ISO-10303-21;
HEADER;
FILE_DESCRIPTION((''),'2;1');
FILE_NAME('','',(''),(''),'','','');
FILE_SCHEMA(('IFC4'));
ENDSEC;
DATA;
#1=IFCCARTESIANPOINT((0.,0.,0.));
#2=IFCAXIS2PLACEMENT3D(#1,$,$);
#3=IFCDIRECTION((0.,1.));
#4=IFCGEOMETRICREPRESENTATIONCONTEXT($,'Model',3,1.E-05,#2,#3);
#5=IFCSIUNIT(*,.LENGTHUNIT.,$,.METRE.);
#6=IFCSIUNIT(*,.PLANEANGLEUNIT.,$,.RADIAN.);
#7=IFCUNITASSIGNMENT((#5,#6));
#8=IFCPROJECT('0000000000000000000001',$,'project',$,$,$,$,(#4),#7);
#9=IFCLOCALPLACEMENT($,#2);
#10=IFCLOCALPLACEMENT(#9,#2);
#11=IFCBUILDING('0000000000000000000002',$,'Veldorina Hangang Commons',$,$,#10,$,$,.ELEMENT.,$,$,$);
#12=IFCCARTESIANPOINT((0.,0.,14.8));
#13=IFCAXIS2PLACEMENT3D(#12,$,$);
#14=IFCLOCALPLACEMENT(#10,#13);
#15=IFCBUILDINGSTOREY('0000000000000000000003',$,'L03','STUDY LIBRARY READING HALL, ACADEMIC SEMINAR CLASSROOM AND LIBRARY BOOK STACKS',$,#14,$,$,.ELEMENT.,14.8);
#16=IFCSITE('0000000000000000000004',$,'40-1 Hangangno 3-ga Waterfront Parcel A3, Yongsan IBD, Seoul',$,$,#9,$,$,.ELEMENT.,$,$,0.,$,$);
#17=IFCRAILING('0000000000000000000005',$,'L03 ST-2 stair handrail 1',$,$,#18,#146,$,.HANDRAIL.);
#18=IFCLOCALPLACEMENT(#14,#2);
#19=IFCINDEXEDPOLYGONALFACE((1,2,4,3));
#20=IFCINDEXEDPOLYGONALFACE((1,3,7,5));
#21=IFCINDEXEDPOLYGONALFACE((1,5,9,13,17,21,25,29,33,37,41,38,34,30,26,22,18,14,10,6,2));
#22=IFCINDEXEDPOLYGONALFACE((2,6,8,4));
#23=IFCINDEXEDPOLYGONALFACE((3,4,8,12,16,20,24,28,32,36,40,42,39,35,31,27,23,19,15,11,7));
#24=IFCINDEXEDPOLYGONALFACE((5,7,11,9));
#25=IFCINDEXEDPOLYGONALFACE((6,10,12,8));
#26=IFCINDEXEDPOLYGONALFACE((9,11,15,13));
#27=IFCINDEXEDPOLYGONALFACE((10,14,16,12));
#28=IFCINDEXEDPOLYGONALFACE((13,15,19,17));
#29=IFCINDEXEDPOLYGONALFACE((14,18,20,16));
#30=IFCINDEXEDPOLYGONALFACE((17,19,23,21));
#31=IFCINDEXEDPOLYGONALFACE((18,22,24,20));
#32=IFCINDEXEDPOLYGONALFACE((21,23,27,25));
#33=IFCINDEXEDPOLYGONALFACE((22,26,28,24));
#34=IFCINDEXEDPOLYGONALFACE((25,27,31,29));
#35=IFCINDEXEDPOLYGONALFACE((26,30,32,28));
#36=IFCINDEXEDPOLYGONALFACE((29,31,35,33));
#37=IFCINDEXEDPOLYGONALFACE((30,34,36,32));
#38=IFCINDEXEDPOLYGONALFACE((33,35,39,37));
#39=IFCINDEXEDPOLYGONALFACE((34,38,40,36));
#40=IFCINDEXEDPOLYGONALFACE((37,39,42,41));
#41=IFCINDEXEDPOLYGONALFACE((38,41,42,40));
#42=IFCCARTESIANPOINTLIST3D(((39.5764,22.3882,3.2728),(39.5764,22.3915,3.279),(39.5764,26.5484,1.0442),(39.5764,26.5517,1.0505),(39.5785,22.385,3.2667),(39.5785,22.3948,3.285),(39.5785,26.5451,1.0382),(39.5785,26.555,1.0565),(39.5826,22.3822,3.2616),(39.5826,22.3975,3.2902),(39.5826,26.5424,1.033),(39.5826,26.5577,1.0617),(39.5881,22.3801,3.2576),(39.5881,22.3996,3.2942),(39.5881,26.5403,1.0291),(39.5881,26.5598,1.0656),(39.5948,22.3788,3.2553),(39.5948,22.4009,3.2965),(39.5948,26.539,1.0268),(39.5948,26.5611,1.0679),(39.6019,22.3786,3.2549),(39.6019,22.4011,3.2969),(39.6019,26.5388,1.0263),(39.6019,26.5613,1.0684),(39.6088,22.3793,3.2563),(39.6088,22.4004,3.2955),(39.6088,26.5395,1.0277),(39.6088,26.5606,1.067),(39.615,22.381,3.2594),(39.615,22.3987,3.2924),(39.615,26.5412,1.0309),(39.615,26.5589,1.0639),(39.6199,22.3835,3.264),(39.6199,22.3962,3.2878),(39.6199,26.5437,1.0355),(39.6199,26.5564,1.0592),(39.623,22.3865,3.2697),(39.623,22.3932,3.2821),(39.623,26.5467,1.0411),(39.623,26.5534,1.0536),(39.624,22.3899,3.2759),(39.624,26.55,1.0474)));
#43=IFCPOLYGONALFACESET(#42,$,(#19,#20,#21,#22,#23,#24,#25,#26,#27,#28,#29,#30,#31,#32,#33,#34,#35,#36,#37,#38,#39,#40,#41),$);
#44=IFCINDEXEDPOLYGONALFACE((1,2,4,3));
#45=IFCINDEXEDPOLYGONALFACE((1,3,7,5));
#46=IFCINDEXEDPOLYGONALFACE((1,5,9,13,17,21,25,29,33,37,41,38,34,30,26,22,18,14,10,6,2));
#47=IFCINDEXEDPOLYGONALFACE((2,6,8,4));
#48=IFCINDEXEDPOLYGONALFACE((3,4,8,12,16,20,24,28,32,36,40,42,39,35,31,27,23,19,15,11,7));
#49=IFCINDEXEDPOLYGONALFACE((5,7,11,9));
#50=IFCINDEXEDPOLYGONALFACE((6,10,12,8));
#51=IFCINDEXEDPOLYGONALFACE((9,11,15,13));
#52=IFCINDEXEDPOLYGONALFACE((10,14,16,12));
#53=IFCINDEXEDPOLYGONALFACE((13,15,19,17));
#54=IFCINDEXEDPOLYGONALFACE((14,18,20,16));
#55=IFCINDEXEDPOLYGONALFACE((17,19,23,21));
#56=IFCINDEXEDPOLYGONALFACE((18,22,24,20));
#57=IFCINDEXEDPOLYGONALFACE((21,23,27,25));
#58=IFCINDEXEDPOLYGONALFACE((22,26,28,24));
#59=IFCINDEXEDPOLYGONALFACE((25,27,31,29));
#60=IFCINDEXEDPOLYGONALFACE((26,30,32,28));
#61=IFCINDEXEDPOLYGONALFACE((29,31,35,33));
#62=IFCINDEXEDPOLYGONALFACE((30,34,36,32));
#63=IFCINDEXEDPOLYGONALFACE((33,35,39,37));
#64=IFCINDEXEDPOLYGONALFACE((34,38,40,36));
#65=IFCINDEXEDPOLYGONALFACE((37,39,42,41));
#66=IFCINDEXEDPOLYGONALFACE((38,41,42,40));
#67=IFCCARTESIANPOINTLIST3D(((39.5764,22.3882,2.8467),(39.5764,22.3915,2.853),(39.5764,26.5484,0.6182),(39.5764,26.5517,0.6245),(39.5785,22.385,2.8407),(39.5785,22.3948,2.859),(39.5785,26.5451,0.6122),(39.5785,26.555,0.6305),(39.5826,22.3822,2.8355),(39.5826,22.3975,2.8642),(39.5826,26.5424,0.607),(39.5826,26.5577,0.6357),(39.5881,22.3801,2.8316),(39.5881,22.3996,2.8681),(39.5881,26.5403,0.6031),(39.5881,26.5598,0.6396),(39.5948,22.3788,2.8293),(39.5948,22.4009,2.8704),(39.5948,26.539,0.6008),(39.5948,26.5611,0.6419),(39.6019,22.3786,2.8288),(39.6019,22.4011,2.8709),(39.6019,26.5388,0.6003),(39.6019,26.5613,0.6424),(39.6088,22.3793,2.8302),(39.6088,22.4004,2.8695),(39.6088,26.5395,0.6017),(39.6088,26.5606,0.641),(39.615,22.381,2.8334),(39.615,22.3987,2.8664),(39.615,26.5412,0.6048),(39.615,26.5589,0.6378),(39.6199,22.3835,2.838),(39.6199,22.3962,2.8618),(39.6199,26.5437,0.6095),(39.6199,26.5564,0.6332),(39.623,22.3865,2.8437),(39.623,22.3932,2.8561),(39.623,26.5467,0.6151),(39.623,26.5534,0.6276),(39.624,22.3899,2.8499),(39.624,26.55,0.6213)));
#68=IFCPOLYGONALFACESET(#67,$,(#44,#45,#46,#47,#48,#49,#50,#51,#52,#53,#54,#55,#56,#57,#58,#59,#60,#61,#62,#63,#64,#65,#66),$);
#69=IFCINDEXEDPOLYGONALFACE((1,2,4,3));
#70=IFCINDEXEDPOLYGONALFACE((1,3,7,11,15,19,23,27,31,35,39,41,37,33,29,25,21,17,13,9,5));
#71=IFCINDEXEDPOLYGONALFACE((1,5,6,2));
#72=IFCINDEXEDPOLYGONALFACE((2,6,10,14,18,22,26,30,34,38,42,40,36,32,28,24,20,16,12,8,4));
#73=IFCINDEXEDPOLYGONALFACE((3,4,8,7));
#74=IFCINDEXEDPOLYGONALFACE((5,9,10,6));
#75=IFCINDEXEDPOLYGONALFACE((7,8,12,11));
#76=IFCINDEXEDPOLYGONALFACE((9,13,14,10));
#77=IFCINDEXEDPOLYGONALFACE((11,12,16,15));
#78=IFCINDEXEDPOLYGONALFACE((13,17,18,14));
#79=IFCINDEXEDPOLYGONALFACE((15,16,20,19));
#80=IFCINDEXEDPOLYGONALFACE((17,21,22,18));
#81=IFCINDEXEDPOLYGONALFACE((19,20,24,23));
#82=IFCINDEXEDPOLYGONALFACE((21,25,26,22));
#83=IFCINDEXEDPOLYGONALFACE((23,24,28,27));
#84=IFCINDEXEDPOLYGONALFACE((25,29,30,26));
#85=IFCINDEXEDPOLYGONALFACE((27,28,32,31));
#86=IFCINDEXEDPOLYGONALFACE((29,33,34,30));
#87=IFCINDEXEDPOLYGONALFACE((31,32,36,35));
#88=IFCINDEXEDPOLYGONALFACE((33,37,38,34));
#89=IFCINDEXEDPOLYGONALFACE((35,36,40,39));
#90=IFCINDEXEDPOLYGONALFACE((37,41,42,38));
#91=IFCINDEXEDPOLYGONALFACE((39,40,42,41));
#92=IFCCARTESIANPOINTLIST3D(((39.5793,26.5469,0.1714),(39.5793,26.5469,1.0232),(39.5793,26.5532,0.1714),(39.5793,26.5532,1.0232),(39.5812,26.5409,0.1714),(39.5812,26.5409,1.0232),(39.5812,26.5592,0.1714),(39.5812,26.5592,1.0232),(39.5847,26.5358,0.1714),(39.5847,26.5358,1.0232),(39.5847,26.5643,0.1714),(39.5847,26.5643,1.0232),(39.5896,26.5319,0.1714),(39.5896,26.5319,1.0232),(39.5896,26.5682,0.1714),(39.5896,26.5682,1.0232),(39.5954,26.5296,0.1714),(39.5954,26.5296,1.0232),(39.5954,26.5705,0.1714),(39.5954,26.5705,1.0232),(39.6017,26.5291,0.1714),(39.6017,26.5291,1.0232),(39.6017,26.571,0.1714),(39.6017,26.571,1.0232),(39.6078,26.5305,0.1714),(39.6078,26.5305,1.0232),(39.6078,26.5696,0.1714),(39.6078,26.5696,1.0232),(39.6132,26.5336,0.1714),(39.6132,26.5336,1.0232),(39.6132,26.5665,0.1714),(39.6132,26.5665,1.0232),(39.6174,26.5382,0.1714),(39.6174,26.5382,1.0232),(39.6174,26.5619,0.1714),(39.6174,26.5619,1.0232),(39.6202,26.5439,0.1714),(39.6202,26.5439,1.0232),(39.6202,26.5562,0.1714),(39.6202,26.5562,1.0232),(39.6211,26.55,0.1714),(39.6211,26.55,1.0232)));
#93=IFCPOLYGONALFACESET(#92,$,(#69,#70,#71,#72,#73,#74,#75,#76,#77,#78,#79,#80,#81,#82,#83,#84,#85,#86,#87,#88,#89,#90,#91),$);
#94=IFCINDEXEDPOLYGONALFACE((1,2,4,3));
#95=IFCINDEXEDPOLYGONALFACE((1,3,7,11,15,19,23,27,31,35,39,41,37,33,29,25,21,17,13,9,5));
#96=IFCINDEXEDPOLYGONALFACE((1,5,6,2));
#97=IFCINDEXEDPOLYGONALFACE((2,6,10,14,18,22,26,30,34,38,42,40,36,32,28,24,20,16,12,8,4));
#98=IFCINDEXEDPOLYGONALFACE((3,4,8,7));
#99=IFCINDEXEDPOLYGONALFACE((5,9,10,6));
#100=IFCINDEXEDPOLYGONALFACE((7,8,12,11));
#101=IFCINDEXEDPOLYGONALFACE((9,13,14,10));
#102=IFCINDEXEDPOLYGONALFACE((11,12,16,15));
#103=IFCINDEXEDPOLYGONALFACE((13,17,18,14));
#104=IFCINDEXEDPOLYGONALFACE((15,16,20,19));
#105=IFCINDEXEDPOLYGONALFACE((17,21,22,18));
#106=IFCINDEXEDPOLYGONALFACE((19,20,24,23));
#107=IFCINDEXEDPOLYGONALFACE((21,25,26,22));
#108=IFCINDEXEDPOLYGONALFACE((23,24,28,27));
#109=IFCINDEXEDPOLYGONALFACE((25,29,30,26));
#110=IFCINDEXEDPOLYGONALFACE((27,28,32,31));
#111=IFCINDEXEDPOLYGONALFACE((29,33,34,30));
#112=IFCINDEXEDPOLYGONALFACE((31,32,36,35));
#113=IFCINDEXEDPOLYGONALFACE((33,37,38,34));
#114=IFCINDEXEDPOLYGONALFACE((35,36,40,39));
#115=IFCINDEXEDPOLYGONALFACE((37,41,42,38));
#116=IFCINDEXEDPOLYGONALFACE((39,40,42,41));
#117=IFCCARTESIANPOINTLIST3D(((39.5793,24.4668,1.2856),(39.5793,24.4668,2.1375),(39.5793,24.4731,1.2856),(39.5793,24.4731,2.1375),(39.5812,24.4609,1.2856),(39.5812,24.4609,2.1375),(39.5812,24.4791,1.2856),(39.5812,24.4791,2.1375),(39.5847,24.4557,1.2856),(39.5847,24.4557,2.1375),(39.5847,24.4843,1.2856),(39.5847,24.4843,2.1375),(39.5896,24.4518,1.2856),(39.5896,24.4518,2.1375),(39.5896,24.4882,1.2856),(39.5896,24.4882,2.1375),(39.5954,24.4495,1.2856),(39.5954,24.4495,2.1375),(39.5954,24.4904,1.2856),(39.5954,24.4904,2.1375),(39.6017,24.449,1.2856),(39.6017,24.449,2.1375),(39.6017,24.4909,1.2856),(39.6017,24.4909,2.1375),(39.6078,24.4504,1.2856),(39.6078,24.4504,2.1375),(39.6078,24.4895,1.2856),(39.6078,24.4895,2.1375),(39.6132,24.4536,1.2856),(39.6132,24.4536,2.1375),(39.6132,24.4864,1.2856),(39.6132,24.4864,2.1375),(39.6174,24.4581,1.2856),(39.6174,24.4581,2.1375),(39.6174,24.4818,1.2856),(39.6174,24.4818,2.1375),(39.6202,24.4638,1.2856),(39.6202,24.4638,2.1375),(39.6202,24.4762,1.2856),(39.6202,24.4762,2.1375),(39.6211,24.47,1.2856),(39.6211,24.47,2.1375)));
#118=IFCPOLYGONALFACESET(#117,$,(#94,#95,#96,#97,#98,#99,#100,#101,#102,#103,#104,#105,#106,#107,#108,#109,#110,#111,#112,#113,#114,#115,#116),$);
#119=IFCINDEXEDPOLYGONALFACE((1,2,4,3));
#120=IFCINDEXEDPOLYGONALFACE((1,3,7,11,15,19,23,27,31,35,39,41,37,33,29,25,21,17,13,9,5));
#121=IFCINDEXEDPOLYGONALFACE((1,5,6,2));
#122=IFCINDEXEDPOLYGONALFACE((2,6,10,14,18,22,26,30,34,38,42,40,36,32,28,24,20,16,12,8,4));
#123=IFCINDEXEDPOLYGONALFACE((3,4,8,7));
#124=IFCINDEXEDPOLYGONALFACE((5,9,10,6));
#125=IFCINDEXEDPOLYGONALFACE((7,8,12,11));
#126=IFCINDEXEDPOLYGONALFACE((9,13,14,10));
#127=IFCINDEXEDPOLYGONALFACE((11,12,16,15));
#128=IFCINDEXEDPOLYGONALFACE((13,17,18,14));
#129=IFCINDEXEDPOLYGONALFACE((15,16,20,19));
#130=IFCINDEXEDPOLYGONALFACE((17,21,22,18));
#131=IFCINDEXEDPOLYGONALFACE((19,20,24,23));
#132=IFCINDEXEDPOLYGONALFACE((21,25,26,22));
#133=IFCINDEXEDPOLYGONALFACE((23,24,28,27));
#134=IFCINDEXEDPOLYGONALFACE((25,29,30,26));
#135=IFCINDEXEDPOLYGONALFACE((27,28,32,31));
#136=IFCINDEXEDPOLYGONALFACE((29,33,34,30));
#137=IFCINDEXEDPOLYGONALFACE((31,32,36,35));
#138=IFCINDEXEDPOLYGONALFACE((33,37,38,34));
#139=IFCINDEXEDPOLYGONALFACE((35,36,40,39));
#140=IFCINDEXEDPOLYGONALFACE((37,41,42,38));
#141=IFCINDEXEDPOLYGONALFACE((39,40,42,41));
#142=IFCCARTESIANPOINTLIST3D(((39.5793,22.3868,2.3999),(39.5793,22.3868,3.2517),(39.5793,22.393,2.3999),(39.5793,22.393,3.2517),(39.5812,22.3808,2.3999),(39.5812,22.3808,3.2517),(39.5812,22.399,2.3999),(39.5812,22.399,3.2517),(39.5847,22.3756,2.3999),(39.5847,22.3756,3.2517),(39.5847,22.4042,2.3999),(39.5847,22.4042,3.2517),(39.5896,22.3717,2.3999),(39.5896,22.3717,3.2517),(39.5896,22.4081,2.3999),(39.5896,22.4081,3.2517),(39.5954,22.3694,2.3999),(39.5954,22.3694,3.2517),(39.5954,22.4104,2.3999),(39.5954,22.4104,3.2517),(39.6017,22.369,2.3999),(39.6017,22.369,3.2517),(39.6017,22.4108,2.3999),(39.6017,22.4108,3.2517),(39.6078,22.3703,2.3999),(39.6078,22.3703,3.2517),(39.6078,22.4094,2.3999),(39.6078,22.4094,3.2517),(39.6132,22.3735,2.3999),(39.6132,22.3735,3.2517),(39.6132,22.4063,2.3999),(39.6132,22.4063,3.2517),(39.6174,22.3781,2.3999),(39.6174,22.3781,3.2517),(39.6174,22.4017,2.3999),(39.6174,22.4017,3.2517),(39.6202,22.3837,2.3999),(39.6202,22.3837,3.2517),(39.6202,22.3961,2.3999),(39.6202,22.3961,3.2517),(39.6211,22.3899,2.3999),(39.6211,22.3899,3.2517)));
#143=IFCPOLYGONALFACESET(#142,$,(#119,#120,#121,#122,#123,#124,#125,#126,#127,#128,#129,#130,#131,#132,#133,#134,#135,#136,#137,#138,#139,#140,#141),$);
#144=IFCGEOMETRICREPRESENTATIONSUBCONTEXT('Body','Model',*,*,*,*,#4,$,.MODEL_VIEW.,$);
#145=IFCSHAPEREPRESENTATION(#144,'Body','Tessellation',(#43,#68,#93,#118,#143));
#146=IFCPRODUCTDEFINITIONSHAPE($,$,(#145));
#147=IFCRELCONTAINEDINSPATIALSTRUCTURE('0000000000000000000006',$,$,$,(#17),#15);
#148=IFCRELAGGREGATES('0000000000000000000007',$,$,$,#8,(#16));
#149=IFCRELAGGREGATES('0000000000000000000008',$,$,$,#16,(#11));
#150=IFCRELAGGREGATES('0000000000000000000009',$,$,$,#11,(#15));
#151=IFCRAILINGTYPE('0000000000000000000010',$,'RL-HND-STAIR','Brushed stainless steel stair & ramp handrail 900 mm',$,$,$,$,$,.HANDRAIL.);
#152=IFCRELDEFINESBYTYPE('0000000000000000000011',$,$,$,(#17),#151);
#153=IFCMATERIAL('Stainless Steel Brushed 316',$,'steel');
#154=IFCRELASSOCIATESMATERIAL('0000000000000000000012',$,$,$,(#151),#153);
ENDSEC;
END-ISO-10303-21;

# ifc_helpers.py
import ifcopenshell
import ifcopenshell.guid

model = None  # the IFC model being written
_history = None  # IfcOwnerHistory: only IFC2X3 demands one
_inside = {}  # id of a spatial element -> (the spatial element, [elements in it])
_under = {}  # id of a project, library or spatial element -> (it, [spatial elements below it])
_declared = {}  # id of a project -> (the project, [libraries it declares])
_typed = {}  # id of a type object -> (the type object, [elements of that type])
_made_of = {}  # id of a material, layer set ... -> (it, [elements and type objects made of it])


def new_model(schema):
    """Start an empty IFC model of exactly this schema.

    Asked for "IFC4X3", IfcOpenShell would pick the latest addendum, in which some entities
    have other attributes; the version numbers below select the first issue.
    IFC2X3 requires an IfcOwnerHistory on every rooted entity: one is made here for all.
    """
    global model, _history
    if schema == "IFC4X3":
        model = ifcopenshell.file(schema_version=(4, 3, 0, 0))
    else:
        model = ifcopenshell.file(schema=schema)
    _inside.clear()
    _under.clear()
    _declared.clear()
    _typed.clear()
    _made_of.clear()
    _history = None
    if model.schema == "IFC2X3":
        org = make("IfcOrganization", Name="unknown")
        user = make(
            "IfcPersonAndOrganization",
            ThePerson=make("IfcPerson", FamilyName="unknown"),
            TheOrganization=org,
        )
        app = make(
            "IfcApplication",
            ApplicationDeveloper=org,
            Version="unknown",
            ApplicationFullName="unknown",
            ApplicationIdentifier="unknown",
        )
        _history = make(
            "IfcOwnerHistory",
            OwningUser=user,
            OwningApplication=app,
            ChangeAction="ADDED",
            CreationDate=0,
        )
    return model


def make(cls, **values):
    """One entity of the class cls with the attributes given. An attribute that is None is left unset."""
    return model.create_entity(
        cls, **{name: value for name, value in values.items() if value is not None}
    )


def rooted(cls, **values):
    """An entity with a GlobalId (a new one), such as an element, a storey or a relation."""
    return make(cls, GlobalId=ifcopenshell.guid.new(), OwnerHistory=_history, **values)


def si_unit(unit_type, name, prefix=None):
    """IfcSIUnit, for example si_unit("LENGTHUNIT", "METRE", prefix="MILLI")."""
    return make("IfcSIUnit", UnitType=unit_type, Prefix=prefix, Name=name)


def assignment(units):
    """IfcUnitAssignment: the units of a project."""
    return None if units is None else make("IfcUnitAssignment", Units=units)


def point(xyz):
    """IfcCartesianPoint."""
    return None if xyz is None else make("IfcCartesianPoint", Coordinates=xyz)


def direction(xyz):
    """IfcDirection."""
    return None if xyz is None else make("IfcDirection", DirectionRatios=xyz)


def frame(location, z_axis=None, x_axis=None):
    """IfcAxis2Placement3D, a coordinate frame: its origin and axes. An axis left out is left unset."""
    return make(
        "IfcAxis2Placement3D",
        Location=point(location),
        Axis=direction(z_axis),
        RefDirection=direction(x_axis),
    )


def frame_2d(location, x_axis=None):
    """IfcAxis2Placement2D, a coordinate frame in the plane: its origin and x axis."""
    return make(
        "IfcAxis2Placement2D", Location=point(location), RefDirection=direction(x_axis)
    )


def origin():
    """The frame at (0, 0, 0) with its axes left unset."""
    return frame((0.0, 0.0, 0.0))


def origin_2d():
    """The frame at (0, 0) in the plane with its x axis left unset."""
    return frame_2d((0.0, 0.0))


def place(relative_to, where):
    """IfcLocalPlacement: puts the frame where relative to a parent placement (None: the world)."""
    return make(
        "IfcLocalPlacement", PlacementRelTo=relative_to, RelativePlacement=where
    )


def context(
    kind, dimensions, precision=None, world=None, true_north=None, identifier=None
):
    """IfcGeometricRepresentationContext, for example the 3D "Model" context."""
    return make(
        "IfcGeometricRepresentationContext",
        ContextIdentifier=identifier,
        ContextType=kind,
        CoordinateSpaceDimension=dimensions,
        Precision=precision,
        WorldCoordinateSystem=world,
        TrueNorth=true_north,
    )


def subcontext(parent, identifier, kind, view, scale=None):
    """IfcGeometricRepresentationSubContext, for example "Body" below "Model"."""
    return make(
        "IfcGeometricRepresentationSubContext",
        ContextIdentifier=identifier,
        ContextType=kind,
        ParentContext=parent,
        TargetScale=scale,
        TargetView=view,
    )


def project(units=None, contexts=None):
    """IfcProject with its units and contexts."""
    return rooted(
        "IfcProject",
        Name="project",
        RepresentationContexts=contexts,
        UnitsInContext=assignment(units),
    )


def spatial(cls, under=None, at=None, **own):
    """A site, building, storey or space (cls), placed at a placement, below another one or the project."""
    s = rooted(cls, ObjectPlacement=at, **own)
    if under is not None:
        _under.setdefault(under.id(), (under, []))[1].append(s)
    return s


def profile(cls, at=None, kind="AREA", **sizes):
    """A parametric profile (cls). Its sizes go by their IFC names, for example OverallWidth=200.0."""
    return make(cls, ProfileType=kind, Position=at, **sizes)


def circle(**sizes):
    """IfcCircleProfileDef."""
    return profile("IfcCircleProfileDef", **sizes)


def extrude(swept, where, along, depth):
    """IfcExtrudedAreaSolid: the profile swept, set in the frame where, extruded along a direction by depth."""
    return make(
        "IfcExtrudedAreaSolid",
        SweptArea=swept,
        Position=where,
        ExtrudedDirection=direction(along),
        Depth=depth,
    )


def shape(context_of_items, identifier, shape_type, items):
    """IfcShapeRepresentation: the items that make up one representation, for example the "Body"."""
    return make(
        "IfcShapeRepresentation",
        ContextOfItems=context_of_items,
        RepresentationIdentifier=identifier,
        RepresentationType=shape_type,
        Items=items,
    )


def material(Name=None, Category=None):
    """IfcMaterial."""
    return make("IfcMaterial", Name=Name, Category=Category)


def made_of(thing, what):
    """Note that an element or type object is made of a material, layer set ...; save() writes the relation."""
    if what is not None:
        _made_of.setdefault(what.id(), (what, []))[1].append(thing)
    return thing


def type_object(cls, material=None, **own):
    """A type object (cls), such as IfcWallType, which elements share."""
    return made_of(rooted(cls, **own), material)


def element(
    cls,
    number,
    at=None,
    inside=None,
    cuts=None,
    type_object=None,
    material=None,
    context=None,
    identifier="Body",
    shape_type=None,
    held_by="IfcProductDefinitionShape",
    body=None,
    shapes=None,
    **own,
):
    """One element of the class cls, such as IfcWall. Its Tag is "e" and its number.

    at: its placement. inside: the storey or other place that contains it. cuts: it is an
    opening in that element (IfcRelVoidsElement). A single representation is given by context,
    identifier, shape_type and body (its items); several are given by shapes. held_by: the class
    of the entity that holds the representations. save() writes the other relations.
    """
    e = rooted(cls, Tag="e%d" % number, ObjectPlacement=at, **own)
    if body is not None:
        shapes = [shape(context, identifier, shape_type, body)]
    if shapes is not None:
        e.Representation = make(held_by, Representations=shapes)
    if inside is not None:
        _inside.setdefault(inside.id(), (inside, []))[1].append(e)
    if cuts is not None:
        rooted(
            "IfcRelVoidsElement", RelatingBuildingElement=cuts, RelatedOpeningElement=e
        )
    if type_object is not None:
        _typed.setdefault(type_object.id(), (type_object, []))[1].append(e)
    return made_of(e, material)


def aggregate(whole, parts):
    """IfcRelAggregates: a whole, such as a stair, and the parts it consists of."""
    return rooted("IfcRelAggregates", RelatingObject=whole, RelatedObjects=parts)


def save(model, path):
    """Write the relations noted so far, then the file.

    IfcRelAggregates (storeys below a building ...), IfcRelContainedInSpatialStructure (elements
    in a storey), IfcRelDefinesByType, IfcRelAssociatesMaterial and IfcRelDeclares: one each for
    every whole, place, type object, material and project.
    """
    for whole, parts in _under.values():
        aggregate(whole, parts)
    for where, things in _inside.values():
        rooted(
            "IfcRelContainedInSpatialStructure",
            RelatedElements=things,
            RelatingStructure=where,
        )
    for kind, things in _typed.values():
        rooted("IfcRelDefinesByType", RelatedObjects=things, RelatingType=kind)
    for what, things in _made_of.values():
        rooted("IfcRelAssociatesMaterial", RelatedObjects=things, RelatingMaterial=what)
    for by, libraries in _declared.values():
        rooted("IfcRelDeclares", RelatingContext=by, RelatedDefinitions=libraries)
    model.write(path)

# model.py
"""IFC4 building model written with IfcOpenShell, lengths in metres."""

from ifc_helpers import new_model, si_unit, direction, frame, origin, origin_2d, place, context, subcontext, project, spatial, circle, extrude, material, type_object, element, save


model = new_model("IFC4")

# Units and contexts
model_context = context("Model", 3, precision=1e-05, world=origin(), true_north=direction((0.0, 1.0)))
body_context = subcontext(model_context, "Body", "Model", "MODEL_VIEW")
ifc_project = project(units=[si_unit("LENGTHUNIT", "METRE"), si_unit("PLANEANGLEUNIT", "RADIAN")], contexts=[model_context])

# Site, building, storey
site_placement = place(None, origin())
site = spatial("IfcSite", under=ifc_project, at=site_placement, Name="40-1 Hangangno 3-ga Waterfront Parcel A3, Yongsan IBD, Seoul", CompositionType="ELEMENT", RefElevation=0.0)
building_placement = place(site_placement, origin())
building = spatial("IfcBuilding", under=site, at=building_placement, Name="Veldorina Hangang Commons", CompositionType="ELEMENT")
storey_placement = place(building_placement, frame((0.0, 0.0, 14.8)))
storey = spatial("IfcBuildingStorey", under=building, at=storey_placement, Name="L03", Description="STUDY LIBRARY READING HALL, ACADEMIC SEMINAR CLASSROOM AND LIBRARY BOOK STACKS", CompositionType="ELEMENT", Elevation=14.8)

# Railing
ifc_material_1 = material(Name="Stainless Steel Brushed 316", Category="steel")
railing_type = type_object("IfcRailingType", Name="RL-HND-STAIR", Description="Brushed stainless steel stair & ramp handrail 900 mm", PredefinedType="HANDRAIL", material=ifc_material_1)
railing_placement = place(storey_placement, frame((39.6001, 26.55, 0.1714)))
element("IfcRailing", 1, at=railing_placement, inside=storey, type_object=railing_type, Name="L03 ST-2 stair handrail 1", PredefinedType="HANDRAIL", context=body_context, shape_type="SweptSolid", body=[
    extrude(circle(Radius=0.0239, at=origin_2d()), frame((0.0, 0.0, 0.876), z_axis=(0.0, -0.881492, 0.472198), x_axis=(1.0, 0.0, 0.0)), (0.0, 0.0, 1.0), 4.7195),
    extrude(circle(Radius=0.0239, at=origin_2d()), frame((0.0, 0.0, 0.45), z_axis=(0.0, -0.881492, 0.472198), x_axis=(1.0, 0.0, 0.0)), (0.0, 0.0, 1.0), 4.7195),
    extrude(circle(Radius=0.021, at=origin_2d()), origin(), (0.0, 0.0, 1.0), 0.8518),
    extrude(circle(Radius=0.021, at=origin_2d()), frame((0.0, -2.0801, 1.1143)), (0.0, 0.0, 1.0), 0.8518),
    extrude(circle(Radius=0.021, at=origin_2d()), frame((0.0, -4.1602, 2.2285)), (0.0, 0.0, 1.0), 0.8518),
])

save(model, "model.ifc")
